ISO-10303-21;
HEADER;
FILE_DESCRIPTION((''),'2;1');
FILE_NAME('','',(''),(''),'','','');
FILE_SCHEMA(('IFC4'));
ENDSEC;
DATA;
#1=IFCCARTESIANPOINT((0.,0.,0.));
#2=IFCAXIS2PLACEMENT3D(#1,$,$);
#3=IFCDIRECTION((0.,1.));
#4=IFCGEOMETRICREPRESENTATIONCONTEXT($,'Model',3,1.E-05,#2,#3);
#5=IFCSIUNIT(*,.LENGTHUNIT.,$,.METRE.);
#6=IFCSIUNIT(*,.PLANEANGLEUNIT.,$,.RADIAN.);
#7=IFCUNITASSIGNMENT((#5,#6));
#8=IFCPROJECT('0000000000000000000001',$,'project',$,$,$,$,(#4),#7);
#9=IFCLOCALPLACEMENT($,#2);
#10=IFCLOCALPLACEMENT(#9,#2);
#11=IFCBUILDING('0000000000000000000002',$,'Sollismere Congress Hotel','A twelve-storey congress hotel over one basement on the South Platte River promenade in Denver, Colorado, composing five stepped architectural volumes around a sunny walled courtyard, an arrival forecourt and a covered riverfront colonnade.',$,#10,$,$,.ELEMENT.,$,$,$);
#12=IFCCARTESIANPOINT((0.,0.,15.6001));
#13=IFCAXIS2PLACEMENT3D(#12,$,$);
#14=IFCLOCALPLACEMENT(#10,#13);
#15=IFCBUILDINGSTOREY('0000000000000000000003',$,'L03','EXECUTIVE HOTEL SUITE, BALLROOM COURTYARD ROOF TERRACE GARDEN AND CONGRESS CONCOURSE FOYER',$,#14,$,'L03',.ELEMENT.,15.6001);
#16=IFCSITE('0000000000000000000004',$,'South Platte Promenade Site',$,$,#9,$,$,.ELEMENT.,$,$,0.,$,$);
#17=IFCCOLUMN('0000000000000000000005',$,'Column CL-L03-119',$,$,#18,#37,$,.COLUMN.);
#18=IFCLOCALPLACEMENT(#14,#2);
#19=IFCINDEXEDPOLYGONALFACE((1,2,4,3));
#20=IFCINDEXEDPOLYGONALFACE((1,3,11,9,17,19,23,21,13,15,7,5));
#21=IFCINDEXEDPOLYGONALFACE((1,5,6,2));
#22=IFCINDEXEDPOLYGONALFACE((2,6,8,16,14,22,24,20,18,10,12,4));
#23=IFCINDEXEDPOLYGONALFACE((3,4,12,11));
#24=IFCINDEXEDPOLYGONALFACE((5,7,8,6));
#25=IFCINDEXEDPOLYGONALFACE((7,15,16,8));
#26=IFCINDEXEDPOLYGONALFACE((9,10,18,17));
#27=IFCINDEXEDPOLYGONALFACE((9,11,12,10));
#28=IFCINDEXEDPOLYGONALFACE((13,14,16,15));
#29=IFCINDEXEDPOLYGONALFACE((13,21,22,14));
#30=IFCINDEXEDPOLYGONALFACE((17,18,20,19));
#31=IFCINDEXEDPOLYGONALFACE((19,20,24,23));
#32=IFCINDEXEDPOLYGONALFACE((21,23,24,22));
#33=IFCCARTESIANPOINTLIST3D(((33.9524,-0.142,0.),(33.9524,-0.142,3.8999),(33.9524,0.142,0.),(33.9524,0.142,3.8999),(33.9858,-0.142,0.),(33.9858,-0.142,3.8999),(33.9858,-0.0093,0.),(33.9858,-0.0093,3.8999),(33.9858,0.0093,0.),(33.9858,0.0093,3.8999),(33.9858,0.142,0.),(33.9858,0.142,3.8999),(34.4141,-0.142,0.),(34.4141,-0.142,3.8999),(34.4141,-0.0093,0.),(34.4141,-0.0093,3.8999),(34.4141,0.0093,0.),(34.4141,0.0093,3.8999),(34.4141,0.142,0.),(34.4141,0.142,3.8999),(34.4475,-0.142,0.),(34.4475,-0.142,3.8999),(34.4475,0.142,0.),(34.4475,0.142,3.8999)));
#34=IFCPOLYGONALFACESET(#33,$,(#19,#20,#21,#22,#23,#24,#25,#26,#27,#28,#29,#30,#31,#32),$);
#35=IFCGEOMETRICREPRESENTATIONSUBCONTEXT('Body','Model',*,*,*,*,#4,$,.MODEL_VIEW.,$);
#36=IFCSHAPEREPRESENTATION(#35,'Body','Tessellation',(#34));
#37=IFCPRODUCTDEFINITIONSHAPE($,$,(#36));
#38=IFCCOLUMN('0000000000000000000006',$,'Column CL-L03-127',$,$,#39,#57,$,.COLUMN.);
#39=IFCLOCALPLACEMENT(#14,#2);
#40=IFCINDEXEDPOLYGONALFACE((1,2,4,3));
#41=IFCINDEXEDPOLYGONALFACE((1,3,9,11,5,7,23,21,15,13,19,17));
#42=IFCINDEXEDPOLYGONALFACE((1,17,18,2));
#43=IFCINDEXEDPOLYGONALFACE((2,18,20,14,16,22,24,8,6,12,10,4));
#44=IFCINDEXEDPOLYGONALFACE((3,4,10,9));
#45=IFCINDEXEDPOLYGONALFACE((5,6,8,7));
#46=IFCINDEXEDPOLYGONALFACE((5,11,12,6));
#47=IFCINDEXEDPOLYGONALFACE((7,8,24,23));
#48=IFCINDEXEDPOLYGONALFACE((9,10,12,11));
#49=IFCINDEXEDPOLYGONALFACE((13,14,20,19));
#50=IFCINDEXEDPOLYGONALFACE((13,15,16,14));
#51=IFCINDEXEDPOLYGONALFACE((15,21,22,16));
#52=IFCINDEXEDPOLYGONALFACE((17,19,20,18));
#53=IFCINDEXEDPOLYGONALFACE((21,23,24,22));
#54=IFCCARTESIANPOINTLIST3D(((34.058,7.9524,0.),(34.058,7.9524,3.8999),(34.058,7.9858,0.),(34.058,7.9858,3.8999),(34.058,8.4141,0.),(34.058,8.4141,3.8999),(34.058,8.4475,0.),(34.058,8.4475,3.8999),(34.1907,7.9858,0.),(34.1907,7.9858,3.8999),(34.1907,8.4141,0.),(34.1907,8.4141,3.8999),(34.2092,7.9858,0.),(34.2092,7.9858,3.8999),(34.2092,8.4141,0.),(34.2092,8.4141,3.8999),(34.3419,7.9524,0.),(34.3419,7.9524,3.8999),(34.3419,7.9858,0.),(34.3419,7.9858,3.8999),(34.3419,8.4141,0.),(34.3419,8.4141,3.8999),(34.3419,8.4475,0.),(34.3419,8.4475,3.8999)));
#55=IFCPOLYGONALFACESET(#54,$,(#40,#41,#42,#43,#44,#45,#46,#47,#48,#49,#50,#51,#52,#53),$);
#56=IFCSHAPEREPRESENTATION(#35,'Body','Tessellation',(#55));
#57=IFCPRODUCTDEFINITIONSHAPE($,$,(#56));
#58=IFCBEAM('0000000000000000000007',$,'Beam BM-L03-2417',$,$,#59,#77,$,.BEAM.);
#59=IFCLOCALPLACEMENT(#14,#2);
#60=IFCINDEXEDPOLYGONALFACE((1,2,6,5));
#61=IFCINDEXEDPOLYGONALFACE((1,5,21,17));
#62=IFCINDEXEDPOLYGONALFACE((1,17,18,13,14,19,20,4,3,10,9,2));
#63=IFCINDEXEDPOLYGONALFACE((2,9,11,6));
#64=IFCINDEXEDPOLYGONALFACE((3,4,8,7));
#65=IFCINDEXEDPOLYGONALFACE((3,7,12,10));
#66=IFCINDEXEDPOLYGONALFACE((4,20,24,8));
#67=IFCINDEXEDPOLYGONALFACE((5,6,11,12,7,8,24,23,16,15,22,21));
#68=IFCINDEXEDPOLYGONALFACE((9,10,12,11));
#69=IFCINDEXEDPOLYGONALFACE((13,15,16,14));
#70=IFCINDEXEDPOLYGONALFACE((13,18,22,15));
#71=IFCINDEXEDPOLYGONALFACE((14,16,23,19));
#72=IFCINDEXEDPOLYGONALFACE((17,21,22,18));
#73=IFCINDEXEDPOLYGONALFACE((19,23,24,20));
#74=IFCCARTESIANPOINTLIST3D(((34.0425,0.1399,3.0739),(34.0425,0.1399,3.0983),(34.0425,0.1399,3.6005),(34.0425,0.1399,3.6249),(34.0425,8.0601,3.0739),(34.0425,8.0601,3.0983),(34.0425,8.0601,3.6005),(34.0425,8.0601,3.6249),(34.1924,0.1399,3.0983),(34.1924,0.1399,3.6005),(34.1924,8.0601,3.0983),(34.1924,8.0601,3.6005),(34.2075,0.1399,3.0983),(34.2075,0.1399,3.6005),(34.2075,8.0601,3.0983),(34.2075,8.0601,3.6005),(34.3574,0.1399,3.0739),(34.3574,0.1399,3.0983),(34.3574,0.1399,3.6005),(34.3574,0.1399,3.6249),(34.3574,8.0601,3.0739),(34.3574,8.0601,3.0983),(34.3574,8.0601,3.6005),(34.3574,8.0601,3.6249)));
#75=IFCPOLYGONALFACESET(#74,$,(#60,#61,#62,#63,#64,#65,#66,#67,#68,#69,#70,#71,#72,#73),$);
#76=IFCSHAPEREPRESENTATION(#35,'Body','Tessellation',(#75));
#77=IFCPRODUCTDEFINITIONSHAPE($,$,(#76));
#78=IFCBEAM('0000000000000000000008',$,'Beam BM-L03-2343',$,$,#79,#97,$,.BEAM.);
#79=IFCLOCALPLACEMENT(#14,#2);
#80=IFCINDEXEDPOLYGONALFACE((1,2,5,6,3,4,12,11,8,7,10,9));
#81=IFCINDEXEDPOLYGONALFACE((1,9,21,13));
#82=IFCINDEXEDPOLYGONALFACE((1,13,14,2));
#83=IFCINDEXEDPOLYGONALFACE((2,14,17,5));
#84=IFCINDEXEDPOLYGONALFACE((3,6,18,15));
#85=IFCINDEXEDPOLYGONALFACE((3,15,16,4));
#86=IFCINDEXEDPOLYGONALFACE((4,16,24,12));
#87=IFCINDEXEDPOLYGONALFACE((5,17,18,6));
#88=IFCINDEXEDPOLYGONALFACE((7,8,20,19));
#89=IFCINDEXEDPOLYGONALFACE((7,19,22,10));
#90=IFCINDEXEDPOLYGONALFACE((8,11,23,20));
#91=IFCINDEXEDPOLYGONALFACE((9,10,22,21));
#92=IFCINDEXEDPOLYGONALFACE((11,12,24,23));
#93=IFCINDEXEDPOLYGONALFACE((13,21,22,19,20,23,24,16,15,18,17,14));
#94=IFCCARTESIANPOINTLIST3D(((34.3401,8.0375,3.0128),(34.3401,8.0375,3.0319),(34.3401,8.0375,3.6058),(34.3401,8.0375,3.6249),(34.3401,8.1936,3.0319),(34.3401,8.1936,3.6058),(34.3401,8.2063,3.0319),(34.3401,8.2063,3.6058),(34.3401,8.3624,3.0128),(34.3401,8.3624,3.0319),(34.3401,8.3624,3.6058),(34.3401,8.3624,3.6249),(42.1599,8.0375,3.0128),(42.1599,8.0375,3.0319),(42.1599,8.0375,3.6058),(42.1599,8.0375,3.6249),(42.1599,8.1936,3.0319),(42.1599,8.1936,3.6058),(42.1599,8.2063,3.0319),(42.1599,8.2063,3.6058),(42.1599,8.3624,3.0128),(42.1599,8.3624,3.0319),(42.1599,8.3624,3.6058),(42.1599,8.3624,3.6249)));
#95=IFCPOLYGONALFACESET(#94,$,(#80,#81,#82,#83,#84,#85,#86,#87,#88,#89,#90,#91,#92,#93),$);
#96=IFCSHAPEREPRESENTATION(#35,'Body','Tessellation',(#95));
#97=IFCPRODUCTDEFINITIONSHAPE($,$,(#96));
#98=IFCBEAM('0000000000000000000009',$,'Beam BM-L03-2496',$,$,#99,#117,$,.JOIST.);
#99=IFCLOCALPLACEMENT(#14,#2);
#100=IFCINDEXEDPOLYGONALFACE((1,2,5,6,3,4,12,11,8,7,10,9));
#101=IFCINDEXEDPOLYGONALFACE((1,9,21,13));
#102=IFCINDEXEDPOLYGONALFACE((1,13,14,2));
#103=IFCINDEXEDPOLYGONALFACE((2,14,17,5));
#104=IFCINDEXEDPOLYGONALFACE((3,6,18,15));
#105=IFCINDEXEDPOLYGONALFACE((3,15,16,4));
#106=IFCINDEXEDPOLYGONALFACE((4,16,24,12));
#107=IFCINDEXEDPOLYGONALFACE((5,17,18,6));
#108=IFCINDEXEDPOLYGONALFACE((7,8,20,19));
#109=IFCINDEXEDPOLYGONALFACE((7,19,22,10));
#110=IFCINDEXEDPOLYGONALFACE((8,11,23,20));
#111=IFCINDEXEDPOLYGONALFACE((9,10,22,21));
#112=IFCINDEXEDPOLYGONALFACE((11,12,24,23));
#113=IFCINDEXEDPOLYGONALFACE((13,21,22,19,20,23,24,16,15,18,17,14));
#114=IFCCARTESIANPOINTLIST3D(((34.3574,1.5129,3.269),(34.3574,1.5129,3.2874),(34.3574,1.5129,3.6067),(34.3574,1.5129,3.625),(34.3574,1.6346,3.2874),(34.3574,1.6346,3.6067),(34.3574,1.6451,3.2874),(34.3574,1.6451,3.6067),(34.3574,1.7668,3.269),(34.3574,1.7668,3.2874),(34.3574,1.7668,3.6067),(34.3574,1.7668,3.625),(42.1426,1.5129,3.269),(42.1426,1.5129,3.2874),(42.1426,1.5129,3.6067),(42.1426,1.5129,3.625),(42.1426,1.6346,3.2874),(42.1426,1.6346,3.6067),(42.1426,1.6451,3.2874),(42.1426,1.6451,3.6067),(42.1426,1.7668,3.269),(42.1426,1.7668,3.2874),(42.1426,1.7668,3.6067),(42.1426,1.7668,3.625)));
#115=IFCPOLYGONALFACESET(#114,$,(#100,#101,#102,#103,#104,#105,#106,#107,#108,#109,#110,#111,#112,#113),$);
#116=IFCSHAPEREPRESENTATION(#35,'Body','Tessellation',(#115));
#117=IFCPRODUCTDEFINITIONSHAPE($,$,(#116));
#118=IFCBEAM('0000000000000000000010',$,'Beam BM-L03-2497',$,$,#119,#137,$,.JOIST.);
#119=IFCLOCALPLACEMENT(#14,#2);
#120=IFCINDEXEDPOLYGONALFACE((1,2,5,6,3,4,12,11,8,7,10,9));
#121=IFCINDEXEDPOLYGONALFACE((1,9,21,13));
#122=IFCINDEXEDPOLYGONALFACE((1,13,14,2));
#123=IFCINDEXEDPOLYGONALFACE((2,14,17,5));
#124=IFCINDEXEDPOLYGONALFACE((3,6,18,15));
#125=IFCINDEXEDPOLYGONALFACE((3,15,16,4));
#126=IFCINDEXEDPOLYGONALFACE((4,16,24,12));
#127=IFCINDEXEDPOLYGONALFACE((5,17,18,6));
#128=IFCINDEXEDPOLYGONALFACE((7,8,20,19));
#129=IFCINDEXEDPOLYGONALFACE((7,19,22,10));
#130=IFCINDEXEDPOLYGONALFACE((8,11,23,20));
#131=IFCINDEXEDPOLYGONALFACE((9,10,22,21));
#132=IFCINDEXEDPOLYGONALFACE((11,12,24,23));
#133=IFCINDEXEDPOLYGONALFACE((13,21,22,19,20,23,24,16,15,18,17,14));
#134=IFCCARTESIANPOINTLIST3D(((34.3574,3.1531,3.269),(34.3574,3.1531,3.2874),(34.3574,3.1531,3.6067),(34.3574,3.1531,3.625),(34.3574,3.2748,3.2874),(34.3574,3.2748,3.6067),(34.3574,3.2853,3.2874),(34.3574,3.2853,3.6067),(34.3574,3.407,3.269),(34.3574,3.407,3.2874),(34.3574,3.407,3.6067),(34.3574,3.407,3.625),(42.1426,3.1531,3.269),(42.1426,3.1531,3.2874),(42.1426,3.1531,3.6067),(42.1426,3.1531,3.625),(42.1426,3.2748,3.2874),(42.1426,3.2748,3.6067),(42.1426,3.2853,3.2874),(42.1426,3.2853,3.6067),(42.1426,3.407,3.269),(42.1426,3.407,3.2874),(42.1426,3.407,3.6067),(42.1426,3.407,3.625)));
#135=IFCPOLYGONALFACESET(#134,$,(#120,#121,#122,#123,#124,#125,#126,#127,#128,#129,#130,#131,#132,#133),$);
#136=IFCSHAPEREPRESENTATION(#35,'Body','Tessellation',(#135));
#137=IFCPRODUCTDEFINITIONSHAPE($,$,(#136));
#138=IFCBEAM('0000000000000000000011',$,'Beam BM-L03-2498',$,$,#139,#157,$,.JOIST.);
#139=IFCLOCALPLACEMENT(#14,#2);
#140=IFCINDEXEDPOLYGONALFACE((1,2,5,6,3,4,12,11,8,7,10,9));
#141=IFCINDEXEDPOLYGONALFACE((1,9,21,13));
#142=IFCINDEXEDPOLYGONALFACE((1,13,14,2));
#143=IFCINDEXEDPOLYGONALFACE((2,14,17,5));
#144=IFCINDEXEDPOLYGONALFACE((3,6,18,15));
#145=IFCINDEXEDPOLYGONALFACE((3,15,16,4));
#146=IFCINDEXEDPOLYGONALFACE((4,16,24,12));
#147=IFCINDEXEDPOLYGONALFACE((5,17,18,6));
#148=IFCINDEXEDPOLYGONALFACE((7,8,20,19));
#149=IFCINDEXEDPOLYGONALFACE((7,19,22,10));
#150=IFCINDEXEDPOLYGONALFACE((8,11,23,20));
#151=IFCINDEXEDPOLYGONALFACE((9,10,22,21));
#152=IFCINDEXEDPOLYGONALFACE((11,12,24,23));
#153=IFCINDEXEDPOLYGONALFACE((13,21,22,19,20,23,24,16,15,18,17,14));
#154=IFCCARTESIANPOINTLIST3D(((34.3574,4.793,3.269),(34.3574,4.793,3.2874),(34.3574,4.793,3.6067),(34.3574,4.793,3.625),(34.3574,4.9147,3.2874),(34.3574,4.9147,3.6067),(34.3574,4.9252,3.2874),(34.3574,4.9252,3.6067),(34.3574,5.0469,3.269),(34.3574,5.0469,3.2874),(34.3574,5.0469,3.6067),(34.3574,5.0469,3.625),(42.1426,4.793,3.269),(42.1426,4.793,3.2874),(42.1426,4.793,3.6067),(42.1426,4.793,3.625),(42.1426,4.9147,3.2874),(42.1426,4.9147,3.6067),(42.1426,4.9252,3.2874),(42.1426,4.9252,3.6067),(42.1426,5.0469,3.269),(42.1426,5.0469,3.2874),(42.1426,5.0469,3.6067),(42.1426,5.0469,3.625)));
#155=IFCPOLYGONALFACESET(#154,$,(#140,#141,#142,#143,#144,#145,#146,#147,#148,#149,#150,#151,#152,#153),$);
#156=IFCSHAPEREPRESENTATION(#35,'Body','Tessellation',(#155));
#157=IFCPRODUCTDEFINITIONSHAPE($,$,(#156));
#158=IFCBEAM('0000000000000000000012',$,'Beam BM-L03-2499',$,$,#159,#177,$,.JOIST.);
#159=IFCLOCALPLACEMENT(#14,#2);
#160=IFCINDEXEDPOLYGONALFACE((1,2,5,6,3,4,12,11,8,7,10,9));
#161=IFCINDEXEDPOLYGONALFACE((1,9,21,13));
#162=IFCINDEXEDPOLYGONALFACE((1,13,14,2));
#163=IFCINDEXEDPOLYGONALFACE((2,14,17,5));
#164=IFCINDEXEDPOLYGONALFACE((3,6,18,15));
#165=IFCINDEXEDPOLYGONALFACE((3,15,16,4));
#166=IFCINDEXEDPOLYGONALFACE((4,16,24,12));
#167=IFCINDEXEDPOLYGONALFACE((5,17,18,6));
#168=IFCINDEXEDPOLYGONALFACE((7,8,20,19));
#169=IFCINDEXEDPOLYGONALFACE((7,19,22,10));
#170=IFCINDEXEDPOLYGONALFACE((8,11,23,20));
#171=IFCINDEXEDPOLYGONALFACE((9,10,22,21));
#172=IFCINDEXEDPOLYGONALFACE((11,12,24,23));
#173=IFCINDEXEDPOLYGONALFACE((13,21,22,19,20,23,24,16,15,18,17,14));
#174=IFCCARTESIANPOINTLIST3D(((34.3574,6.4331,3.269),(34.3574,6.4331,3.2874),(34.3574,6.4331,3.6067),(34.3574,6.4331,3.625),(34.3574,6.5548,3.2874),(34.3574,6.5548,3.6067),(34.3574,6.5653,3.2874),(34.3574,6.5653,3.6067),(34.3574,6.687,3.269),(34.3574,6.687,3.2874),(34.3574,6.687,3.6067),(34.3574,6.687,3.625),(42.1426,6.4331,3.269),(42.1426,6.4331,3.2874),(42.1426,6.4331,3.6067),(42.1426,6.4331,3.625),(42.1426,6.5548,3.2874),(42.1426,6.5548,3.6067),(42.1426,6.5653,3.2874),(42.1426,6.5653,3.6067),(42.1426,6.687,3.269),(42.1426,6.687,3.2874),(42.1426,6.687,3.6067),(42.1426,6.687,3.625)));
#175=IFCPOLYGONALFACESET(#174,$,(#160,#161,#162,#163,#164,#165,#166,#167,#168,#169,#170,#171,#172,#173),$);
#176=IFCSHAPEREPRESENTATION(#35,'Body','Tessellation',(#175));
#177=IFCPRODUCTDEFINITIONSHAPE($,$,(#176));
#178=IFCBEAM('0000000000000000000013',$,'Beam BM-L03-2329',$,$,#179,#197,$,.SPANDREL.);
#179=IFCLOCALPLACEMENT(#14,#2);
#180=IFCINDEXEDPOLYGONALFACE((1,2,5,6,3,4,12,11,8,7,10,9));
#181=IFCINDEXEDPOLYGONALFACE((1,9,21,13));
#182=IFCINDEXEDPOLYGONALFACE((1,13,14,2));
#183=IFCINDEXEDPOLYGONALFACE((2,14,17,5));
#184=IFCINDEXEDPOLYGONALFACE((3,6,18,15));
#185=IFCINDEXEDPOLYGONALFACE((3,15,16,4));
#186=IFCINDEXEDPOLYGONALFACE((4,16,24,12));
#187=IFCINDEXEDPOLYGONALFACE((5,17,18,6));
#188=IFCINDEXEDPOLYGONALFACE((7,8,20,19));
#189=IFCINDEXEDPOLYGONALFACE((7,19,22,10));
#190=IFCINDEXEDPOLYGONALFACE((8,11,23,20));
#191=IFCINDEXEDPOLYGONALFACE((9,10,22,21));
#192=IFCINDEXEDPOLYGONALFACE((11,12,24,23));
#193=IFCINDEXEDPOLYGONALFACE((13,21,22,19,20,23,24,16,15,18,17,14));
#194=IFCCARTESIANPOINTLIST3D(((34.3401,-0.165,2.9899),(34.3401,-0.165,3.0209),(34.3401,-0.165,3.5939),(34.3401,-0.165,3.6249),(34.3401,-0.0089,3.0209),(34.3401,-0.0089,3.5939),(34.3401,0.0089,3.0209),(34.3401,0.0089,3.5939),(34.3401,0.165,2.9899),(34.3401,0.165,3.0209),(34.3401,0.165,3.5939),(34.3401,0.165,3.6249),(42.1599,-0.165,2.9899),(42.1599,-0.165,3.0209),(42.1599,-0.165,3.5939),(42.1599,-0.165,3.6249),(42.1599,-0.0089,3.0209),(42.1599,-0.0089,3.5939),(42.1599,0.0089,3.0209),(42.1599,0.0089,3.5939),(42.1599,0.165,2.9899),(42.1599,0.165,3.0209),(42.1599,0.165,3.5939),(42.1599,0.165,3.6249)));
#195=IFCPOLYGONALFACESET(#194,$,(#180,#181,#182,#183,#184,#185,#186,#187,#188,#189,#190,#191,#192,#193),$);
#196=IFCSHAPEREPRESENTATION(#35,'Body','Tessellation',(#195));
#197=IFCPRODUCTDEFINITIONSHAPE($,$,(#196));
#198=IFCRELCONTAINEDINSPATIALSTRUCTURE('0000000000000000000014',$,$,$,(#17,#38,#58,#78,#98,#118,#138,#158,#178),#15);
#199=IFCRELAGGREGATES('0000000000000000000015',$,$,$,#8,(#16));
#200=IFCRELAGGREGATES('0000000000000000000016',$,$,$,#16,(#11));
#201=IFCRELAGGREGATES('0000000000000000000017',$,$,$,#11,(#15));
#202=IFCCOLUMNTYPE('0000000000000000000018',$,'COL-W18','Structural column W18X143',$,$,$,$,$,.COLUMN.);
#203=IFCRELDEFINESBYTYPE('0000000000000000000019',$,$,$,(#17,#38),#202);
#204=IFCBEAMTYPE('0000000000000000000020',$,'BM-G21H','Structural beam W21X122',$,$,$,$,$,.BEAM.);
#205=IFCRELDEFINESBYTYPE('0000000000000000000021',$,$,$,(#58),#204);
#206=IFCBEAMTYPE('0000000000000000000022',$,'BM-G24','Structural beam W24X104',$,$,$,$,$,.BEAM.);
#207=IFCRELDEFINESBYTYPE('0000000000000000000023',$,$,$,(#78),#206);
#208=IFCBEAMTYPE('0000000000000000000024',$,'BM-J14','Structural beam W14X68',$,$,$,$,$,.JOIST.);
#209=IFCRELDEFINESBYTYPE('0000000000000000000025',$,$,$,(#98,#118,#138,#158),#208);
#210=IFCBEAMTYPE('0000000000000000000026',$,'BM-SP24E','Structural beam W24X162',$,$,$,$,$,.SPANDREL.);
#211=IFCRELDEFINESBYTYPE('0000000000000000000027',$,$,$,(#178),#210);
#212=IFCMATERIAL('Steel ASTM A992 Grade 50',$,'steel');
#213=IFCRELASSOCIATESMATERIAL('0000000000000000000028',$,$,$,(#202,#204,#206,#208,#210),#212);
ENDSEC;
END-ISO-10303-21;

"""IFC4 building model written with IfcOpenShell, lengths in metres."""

from ifc_helpers import new_model, si_unit, direction, frame, origin, origin_2d, place, context, subcontext, project, spatial, i_section, extrude, material, material_profile, profile_set, type_object, element, save


model = new_model("IFC4")

# Units and contexts
model_context = context("Model", 3, precision=1e-05, world=origin(), true_north=direction((0.0, 1.0)))
body_context = subcontext(model_context, "Body", "Model", "MODEL_VIEW")
ifc_project = project(units=[si_unit("LENGTHUNIT", "METRE"), si_unit("PLANEANGLEUNIT", "RADIAN")], contexts=[model_context])

# Site, building, storey
site_placement = place(None, origin())
site = spatial("IfcSite", under=ifc_project, at=site_placement, Name="South Platte Promenade Site", CompositionType="ELEMENT", RefElevation=0.0)
building_placement = place(site_placement, origin())
building = spatial("IfcBuilding", under=site, at=building_placement, Name="Sollismere Congress Hotel", Description="A twelve-storey congress hotel over one basement on the South Platte River promenade in Denver, Colorado, composing five stepped architectural volumes around a sunny walled courtyard, an arrival forecourt and a covered riverfront colonnade.", CompositionType="ELEMENT")
storey_placement = place(building_placement, frame((0.0, 0.0, 15.6001)))
storey = spatial("IfcBuildingStorey", under=building, at=storey_placement, Name="L03", Description="EXECUTIVE HOTEL SUITE, BALLROOM COURTYARD ROOF TERRACE GARDEN AND CONGRESS CONCOURSE FOYER", LongName="L03", CompositionType="ELEMENT", Elevation=15.6001)

# Columns
ifc_material_1 = material(Name="Steel ASTM A992 Grade 50", Category="steel")
ifc_material_profile_1 = material_profile(ifc_material_1, i_section(OverallWidth=0.2839, OverallDepth=0.4951, WebThickness=0.0186, FlangeThickness=0.0334, at=origin_2d()), Name="W18X143")
ifc_profile_set_1 = profile_set([ifc_material_profile_1], Name="Steel ASTM A992 Grade 50")
column_type = type_object("IfcColumnType", Name="COL-W18", Description="Structural column W18X143", PredefinedType="COLUMN", material=ifc_profile_set_1)
for number, where, z_axis, x_axis, name in (
    (1, (34.2, 0.0, 0.0), (0.0, 0.0, 1.0), (0.0, 1.0, 0.0), "Column CL-L03-119"),
    (2, (34.2, 8.2, 0.0), (0.0, 0.0, 1.0), (1.0, 0.0, 0.0), "Column CL-L03-127"),
):
    element("IfcColumn", number, at=place(storey_placement, frame(where, z_axis=z_axis, x_axis=x_axis)), inside=storey, type_object=column_type, Name=name, PredefinedType="COLUMN", context=body_context, shape_type="SweptSolid", body=[
        extrude(i_section(OverallWidth=0.2839, OverallDepth=0.4951, WebThickness=0.0186, FlangeThickness=0.0334, at=origin_2d()), origin(), (0.0, 0.0, 1.0), 3.8999),
    ])

# Beams
ifc_material_profile_2 = material_profile(ifc_material_1, i_section(OverallWidth=0.3149, OverallDepth=0.551, WebThickness=0.0151, FlangeThickness=0.0244, at=origin_2d()), Name="W21X122")
ifc_profile_set_2 = profile_set([ifc_material_profile_2], Name="Steel ASTM A992 Grade 50")
beam_type_1 = type_object("IfcBeamType", Name="BM-G21H", Description="Structural beam W21X122", PredefinedType="BEAM", material=ifc_profile_set_2)
beam_1_placement = place(storey_placement, frame((34.2, 0.1399, 3.3494), z_axis=(0.0, 1.0, 0.0), x_axis=(-1.0, 0.0, 0.0)))
element("IfcBeam", 3, at=beam_1_placement, inside=storey, type_object=beam_type_1, Name="Beam BM-L03-2417", PredefinedType="BEAM", context=body_context, shape_type="SweptSolid", body=[
    extrude(i_section(OverallWidth=0.3149, OverallDepth=0.551, WebThickness=0.0151, FlangeThickness=0.0244, at=origin_2d()), origin(), (0.0, 0.0, 1.0), 7.9202),
])
ifc_material_profile_3 = material_profile(ifc_material_1, i_section(OverallWidth=0.325, OverallDepth=0.6121, WebThickness=0.0127, FlangeThickness=0.019, at=origin_2d()), Name="W24X104")
ifc_profile_set_3 = profile_set([ifc_material_profile_3], Name="Steel ASTM A992 Grade 50")
beam_type_2 = type_object("IfcBeamType", Name="BM-G24", Description="Structural beam W24X104", PredefinedType="BEAM", material=ifc_profile_set_3)
beam_2_placement = place(storey_placement, frame((34.3401, 8.2, 3.3188), z_axis=(1.0, 0.0, 0.0), x_axis=(0.0, 1.0, 0.0)))
element("IfcBeam", 4, at=beam_2_placement, inside=storey, type_object=beam_type_2, Name="Beam BM-L03-2343", PredefinedType="BEAM", context=body_context, shape_type="SweptSolid", body=[
    extrude(i_section(OverallWidth=0.325, OverallDepth=0.6121, WebThickness=0.0127, FlangeThickness=0.019, at=origin_2d()), origin(), (0.0, 0.0, 1.0), 7.8198),
])
ifc_material_profile_4 = material_profile(ifc_material_1, i_section(OverallWidth=0.2539, OverallDepth=0.356, WebThickness=0.0105, FlangeThickness=0.0183, at=origin_2d()), Name="W14X68")
ifc_profile_set_4 = profile_set([ifc_material_profile_4], Name="Steel ASTM A992 Grade 50")
beam_type_3 = type_object("IfcBeamType", Name="BM-J14", Description="Structural beam W14X68", PredefinedType="JOIST", material=ifc_profile_set_4)
for number, where, z_axis, x_axis, name in (
    (5, (34.3574, 1.6399, 3.447), (1.0, 0.0, 0.0), (0.0, 1.0, 0.0), "Beam BM-L03-2496"),
    (6, (34.3574, 3.28, 3.447), (1.0, 0.0, 0.0), (0.0, 1.0, 0.0), "Beam BM-L03-2497"),
    (7, (34.3574, 4.9199, 3.447), (1.0, 0.0, 0.0), (0.0, 1.0, 0.0), "Beam BM-L03-2498"),
    (8, (34.3574, 6.5601, 3.447), (1.0, 0.0, 0.0), (0.0, 1.0, 0.0), "Beam BM-L03-2499"),
):
    element("IfcBeam", number, at=place(storey_placement, frame(where, z_axis=z_axis, x_axis=x_axis)), inside=storey, type_object=beam_type_3, Name=name, PredefinedType="JOIST", context=body_context, shape_type="SweptSolid", body=[
        extrude(i_section(OverallWidth=0.2539, OverallDepth=0.356, WebThickness=0.0105, FlangeThickness=0.0183, at=origin_2d()), origin(), (0.0, 0.0, 1.0), 7.7852),
    ])
ifc_material_profile_5 = material_profile(ifc_material_1, i_section(OverallWidth=0.3301, OverallDepth=0.635, WebThickness=0.0178, FlangeThickness=0.031, at=origin_2d()), Name="W24X162")
ifc_profile_set_5 = profile_set([ifc_material_profile_5], Name="Steel ASTM A992 Grade 50")
beam_type_4 = type_object("IfcBeamType", Name="BM-SP24E", Description="Structural beam W24X162", PredefinedType="SPANDREL", material=ifc_profile_set_5)
beam_3_placement = place(storey_placement, frame((34.3401, 0.0, 3.3074), z_axis=(1.0, 0.0, 0.0), x_axis=(0.0, 1.0, 0.0)))
element("IfcBeam", 9, at=beam_3_placement, inside=storey, type_object=beam_type_4, Name="Beam BM-L03-2329", PredefinedType="SPANDREL", context=body_context, shape_type="SweptSolid", body=[
    extrude(i_section(OverallWidth=0.3301, OverallDepth=0.635, WebThickness=0.0178, FlangeThickness=0.031, at=origin_2d()), origin(), (0.0, 0.0, 1.0), 7.8198),
])

save(model, "model.ifc")
